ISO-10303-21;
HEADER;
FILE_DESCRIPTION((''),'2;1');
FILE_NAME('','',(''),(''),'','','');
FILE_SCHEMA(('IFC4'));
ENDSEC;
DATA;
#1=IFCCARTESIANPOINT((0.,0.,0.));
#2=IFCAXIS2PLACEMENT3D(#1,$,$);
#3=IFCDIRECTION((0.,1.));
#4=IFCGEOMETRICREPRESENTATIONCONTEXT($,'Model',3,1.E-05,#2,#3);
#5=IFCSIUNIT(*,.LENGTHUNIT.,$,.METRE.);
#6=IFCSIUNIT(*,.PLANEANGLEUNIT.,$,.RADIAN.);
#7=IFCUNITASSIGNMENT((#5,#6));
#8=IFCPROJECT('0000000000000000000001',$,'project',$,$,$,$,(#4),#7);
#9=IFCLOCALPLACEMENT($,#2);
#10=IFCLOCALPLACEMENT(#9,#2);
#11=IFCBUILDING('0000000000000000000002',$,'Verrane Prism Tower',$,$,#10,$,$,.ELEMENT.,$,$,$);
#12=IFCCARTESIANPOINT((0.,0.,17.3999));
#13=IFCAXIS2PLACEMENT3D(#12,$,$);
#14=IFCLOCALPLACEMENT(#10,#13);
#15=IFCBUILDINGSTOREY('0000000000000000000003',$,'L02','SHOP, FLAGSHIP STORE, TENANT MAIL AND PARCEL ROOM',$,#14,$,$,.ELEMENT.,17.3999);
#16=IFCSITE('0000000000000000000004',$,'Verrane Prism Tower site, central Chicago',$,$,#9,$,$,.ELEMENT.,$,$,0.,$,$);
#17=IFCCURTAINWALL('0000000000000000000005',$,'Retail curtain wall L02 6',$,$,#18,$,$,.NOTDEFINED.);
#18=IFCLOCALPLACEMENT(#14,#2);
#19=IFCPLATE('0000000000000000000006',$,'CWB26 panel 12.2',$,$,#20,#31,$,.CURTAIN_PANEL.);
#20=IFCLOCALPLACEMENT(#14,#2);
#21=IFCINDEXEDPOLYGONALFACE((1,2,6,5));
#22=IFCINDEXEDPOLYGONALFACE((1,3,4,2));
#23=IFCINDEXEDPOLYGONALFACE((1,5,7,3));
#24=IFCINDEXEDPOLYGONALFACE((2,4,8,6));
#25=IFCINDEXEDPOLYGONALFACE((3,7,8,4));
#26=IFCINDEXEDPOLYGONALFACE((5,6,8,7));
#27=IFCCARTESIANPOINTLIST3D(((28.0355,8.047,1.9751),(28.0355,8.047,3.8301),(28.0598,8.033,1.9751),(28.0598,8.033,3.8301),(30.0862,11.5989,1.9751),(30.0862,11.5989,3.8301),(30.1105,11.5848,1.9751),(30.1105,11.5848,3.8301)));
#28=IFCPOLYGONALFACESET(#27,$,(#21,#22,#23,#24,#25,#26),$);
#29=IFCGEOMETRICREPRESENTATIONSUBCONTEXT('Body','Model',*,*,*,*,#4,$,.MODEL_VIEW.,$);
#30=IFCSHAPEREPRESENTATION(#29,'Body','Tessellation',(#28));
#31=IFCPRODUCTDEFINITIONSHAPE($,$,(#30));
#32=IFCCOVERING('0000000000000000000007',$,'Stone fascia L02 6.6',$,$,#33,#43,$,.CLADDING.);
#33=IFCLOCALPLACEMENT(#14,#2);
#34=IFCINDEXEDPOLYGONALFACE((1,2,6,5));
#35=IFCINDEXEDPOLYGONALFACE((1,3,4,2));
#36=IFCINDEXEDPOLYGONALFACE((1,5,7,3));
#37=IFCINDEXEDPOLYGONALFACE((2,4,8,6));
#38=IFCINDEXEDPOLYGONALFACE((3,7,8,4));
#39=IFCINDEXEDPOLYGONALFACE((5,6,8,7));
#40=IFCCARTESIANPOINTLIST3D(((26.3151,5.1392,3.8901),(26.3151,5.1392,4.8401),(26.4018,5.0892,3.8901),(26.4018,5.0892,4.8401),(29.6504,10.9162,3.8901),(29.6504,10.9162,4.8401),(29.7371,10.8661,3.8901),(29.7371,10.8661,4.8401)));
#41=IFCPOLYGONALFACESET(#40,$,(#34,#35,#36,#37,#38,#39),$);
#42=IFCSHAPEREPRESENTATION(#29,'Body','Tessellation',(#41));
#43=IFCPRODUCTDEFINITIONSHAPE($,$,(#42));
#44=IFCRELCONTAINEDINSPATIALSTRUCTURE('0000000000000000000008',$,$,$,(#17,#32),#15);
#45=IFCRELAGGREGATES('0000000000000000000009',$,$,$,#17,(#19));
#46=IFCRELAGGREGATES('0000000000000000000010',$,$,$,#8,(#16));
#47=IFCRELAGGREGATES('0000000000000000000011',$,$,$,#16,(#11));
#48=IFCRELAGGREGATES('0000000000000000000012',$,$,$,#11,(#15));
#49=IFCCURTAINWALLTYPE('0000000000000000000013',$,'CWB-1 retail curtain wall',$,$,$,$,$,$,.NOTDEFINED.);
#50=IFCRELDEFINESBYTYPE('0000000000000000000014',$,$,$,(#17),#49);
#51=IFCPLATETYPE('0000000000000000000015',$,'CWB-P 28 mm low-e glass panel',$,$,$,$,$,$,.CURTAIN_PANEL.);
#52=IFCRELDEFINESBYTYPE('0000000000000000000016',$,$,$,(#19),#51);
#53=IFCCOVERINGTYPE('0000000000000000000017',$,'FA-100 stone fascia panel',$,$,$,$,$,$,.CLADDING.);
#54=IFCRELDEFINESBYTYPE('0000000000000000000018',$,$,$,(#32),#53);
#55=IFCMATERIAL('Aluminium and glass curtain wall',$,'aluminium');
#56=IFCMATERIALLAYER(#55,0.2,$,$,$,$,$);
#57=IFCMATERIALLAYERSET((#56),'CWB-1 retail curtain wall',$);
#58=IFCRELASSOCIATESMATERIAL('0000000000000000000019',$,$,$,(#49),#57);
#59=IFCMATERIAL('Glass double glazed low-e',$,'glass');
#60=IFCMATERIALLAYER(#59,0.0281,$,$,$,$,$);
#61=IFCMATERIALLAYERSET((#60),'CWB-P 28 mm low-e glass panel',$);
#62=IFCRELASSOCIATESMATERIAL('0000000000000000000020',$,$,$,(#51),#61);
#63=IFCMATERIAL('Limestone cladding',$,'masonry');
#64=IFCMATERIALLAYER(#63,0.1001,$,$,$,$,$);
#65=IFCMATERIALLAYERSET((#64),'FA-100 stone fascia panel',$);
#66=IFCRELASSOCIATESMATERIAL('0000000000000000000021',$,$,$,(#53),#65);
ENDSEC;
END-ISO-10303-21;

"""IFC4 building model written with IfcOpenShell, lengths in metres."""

from ifc_helpers import new_model, si_unit, direction, frame, origin, origin_2d, place, context, subcontext, project, spatial, rectangle, extrude, material, layer, layer_set, type_object, element, aggregate, save


model = new_model("IFC4")

# Units and contexts
model_context = context("Model", 3, precision=1e-05, world=origin(), true_north=direction((0.0, 1.0)))
body_context = subcontext(model_context, "Body", "Model", "MODEL_VIEW")
ifc_project = project(units=[si_unit("LENGTHUNIT", "METRE"), si_unit("PLANEANGLEUNIT", "RADIAN")], contexts=[model_context])

# Site, building, storey
site_placement = place(None, origin())
site = spatial("IfcSite", under=ifc_project, at=site_placement, Name="Verrane Prism Tower site, central Chicago", CompositionType="ELEMENT", RefElevation=0.0)
building_placement = place(site_placement, origin())
building = spatial("IfcBuilding", under=site, at=building_placement, Name="Verrane Prism Tower", CompositionType="ELEMENT")
storey_placement = place(building_placement, frame((0.0, 0.0, 17.3999)))
storey = spatial("IfcBuildingStorey", under=building, at=storey_placement, Name="L02", Description="SHOP, FLAGSHIP STORE, TENANT MAIL AND PARCEL ROOM", CompositionType="ELEMENT", Elevation=17.3999)

# Shared definitions
ifc_material_1 = material(Name="Aluminium and glass curtain wall", Category="aluminium")
ifc_layer_1 = layer(ifc_material_1, 0.2)
ifc_layer_set_1 = layer_set([ifc_layer_1], Name="CWB-1 retail curtain wall")
curtain_wall_type = type_object("IfcCurtainWallType", Name="CWB-1 retail curtain wall", PredefinedType="NOTDEFINED", material=ifc_layer_set_1)

# Curtain wall
curtain_wall_1_placement = place(storey_placement, origin())
curtain_wall_1 = element("IfcCurtainWall", 1, at=curtain_wall_1_placement, inside=storey, type_object=curtain_wall_type, Name="Retail curtain wall L02 6", PredefinedType="NOTDEFINED")

# Plate
ifc_material_2 = material(Name="Glass double glazed low-e", Category="glass")
ifc_layer_2 = layer(ifc_material_2, 0.0281)
ifc_layer_set_2 = layer_set([ifc_layer_2], Name="CWB-P 28 mm low-e glass panel")
plate_type = type_object("IfcPlateType", Name="CWB-P 28 mm low-e glass panel", PredefinedType="CURTAIN_PANEL", material=ifc_layer_set_2)
plate_1_placement = place(storey_placement, frame((29.073, 9.8159, 1.9751), z_axis=(0.0, 0.0, 1.0), x_axis=(0.5, 0.866025, 0.0)))
plate_1 = element("IfcPlate", 2, at=plate_1_placement, type_object=plate_type, Name="CWB26 panel 12.2", PredefinedType="CURTAIN_PANEL", context=body_context, shape_type="SweptSolid", body=[
    extrude(rectangle(XDim=4.1013, YDim=0.0281, at=origin_2d()), origin(), (0.0, 0.0, 1.0), 1.855),
])
aggregate(curtain_wall_1, [plate_1])

# Covering
ifc_material_3 = material(Name="Limestone cladding", Category="masonry")
ifc_layer_3 = layer(ifc_material_3, 0.1001)
ifc_layer_set_3 = layer_set([ifc_layer_3], Name="FA-100 stone fascia panel")
covering_type = type_object("IfcCoveringType", Name="FA-100 stone fascia panel", PredefinedType="CLADDING", material=ifc_layer_set_3)
covering_placement = place(storey_placement, frame((28.0261, 8.0027, 3.8901), z_axis=(0.0, 0.0, 1.0), x_axis=(0.5, 0.866025, 0.0)))
element("IfcCovering", 3, at=covering_placement, inside=storey, type_object=covering_type, Name="Stone fascia L02 6.6", PredefinedType="CLADDING", context=body_context, shape_type="SweptSolid", body=[
    extrude(rectangle(XDim=6.6707, YDim=0.1001, at=origin_2d()), origin(), (0.0, 0.0, 1.0), 0.95),
])

save(model, "model.ifc")
